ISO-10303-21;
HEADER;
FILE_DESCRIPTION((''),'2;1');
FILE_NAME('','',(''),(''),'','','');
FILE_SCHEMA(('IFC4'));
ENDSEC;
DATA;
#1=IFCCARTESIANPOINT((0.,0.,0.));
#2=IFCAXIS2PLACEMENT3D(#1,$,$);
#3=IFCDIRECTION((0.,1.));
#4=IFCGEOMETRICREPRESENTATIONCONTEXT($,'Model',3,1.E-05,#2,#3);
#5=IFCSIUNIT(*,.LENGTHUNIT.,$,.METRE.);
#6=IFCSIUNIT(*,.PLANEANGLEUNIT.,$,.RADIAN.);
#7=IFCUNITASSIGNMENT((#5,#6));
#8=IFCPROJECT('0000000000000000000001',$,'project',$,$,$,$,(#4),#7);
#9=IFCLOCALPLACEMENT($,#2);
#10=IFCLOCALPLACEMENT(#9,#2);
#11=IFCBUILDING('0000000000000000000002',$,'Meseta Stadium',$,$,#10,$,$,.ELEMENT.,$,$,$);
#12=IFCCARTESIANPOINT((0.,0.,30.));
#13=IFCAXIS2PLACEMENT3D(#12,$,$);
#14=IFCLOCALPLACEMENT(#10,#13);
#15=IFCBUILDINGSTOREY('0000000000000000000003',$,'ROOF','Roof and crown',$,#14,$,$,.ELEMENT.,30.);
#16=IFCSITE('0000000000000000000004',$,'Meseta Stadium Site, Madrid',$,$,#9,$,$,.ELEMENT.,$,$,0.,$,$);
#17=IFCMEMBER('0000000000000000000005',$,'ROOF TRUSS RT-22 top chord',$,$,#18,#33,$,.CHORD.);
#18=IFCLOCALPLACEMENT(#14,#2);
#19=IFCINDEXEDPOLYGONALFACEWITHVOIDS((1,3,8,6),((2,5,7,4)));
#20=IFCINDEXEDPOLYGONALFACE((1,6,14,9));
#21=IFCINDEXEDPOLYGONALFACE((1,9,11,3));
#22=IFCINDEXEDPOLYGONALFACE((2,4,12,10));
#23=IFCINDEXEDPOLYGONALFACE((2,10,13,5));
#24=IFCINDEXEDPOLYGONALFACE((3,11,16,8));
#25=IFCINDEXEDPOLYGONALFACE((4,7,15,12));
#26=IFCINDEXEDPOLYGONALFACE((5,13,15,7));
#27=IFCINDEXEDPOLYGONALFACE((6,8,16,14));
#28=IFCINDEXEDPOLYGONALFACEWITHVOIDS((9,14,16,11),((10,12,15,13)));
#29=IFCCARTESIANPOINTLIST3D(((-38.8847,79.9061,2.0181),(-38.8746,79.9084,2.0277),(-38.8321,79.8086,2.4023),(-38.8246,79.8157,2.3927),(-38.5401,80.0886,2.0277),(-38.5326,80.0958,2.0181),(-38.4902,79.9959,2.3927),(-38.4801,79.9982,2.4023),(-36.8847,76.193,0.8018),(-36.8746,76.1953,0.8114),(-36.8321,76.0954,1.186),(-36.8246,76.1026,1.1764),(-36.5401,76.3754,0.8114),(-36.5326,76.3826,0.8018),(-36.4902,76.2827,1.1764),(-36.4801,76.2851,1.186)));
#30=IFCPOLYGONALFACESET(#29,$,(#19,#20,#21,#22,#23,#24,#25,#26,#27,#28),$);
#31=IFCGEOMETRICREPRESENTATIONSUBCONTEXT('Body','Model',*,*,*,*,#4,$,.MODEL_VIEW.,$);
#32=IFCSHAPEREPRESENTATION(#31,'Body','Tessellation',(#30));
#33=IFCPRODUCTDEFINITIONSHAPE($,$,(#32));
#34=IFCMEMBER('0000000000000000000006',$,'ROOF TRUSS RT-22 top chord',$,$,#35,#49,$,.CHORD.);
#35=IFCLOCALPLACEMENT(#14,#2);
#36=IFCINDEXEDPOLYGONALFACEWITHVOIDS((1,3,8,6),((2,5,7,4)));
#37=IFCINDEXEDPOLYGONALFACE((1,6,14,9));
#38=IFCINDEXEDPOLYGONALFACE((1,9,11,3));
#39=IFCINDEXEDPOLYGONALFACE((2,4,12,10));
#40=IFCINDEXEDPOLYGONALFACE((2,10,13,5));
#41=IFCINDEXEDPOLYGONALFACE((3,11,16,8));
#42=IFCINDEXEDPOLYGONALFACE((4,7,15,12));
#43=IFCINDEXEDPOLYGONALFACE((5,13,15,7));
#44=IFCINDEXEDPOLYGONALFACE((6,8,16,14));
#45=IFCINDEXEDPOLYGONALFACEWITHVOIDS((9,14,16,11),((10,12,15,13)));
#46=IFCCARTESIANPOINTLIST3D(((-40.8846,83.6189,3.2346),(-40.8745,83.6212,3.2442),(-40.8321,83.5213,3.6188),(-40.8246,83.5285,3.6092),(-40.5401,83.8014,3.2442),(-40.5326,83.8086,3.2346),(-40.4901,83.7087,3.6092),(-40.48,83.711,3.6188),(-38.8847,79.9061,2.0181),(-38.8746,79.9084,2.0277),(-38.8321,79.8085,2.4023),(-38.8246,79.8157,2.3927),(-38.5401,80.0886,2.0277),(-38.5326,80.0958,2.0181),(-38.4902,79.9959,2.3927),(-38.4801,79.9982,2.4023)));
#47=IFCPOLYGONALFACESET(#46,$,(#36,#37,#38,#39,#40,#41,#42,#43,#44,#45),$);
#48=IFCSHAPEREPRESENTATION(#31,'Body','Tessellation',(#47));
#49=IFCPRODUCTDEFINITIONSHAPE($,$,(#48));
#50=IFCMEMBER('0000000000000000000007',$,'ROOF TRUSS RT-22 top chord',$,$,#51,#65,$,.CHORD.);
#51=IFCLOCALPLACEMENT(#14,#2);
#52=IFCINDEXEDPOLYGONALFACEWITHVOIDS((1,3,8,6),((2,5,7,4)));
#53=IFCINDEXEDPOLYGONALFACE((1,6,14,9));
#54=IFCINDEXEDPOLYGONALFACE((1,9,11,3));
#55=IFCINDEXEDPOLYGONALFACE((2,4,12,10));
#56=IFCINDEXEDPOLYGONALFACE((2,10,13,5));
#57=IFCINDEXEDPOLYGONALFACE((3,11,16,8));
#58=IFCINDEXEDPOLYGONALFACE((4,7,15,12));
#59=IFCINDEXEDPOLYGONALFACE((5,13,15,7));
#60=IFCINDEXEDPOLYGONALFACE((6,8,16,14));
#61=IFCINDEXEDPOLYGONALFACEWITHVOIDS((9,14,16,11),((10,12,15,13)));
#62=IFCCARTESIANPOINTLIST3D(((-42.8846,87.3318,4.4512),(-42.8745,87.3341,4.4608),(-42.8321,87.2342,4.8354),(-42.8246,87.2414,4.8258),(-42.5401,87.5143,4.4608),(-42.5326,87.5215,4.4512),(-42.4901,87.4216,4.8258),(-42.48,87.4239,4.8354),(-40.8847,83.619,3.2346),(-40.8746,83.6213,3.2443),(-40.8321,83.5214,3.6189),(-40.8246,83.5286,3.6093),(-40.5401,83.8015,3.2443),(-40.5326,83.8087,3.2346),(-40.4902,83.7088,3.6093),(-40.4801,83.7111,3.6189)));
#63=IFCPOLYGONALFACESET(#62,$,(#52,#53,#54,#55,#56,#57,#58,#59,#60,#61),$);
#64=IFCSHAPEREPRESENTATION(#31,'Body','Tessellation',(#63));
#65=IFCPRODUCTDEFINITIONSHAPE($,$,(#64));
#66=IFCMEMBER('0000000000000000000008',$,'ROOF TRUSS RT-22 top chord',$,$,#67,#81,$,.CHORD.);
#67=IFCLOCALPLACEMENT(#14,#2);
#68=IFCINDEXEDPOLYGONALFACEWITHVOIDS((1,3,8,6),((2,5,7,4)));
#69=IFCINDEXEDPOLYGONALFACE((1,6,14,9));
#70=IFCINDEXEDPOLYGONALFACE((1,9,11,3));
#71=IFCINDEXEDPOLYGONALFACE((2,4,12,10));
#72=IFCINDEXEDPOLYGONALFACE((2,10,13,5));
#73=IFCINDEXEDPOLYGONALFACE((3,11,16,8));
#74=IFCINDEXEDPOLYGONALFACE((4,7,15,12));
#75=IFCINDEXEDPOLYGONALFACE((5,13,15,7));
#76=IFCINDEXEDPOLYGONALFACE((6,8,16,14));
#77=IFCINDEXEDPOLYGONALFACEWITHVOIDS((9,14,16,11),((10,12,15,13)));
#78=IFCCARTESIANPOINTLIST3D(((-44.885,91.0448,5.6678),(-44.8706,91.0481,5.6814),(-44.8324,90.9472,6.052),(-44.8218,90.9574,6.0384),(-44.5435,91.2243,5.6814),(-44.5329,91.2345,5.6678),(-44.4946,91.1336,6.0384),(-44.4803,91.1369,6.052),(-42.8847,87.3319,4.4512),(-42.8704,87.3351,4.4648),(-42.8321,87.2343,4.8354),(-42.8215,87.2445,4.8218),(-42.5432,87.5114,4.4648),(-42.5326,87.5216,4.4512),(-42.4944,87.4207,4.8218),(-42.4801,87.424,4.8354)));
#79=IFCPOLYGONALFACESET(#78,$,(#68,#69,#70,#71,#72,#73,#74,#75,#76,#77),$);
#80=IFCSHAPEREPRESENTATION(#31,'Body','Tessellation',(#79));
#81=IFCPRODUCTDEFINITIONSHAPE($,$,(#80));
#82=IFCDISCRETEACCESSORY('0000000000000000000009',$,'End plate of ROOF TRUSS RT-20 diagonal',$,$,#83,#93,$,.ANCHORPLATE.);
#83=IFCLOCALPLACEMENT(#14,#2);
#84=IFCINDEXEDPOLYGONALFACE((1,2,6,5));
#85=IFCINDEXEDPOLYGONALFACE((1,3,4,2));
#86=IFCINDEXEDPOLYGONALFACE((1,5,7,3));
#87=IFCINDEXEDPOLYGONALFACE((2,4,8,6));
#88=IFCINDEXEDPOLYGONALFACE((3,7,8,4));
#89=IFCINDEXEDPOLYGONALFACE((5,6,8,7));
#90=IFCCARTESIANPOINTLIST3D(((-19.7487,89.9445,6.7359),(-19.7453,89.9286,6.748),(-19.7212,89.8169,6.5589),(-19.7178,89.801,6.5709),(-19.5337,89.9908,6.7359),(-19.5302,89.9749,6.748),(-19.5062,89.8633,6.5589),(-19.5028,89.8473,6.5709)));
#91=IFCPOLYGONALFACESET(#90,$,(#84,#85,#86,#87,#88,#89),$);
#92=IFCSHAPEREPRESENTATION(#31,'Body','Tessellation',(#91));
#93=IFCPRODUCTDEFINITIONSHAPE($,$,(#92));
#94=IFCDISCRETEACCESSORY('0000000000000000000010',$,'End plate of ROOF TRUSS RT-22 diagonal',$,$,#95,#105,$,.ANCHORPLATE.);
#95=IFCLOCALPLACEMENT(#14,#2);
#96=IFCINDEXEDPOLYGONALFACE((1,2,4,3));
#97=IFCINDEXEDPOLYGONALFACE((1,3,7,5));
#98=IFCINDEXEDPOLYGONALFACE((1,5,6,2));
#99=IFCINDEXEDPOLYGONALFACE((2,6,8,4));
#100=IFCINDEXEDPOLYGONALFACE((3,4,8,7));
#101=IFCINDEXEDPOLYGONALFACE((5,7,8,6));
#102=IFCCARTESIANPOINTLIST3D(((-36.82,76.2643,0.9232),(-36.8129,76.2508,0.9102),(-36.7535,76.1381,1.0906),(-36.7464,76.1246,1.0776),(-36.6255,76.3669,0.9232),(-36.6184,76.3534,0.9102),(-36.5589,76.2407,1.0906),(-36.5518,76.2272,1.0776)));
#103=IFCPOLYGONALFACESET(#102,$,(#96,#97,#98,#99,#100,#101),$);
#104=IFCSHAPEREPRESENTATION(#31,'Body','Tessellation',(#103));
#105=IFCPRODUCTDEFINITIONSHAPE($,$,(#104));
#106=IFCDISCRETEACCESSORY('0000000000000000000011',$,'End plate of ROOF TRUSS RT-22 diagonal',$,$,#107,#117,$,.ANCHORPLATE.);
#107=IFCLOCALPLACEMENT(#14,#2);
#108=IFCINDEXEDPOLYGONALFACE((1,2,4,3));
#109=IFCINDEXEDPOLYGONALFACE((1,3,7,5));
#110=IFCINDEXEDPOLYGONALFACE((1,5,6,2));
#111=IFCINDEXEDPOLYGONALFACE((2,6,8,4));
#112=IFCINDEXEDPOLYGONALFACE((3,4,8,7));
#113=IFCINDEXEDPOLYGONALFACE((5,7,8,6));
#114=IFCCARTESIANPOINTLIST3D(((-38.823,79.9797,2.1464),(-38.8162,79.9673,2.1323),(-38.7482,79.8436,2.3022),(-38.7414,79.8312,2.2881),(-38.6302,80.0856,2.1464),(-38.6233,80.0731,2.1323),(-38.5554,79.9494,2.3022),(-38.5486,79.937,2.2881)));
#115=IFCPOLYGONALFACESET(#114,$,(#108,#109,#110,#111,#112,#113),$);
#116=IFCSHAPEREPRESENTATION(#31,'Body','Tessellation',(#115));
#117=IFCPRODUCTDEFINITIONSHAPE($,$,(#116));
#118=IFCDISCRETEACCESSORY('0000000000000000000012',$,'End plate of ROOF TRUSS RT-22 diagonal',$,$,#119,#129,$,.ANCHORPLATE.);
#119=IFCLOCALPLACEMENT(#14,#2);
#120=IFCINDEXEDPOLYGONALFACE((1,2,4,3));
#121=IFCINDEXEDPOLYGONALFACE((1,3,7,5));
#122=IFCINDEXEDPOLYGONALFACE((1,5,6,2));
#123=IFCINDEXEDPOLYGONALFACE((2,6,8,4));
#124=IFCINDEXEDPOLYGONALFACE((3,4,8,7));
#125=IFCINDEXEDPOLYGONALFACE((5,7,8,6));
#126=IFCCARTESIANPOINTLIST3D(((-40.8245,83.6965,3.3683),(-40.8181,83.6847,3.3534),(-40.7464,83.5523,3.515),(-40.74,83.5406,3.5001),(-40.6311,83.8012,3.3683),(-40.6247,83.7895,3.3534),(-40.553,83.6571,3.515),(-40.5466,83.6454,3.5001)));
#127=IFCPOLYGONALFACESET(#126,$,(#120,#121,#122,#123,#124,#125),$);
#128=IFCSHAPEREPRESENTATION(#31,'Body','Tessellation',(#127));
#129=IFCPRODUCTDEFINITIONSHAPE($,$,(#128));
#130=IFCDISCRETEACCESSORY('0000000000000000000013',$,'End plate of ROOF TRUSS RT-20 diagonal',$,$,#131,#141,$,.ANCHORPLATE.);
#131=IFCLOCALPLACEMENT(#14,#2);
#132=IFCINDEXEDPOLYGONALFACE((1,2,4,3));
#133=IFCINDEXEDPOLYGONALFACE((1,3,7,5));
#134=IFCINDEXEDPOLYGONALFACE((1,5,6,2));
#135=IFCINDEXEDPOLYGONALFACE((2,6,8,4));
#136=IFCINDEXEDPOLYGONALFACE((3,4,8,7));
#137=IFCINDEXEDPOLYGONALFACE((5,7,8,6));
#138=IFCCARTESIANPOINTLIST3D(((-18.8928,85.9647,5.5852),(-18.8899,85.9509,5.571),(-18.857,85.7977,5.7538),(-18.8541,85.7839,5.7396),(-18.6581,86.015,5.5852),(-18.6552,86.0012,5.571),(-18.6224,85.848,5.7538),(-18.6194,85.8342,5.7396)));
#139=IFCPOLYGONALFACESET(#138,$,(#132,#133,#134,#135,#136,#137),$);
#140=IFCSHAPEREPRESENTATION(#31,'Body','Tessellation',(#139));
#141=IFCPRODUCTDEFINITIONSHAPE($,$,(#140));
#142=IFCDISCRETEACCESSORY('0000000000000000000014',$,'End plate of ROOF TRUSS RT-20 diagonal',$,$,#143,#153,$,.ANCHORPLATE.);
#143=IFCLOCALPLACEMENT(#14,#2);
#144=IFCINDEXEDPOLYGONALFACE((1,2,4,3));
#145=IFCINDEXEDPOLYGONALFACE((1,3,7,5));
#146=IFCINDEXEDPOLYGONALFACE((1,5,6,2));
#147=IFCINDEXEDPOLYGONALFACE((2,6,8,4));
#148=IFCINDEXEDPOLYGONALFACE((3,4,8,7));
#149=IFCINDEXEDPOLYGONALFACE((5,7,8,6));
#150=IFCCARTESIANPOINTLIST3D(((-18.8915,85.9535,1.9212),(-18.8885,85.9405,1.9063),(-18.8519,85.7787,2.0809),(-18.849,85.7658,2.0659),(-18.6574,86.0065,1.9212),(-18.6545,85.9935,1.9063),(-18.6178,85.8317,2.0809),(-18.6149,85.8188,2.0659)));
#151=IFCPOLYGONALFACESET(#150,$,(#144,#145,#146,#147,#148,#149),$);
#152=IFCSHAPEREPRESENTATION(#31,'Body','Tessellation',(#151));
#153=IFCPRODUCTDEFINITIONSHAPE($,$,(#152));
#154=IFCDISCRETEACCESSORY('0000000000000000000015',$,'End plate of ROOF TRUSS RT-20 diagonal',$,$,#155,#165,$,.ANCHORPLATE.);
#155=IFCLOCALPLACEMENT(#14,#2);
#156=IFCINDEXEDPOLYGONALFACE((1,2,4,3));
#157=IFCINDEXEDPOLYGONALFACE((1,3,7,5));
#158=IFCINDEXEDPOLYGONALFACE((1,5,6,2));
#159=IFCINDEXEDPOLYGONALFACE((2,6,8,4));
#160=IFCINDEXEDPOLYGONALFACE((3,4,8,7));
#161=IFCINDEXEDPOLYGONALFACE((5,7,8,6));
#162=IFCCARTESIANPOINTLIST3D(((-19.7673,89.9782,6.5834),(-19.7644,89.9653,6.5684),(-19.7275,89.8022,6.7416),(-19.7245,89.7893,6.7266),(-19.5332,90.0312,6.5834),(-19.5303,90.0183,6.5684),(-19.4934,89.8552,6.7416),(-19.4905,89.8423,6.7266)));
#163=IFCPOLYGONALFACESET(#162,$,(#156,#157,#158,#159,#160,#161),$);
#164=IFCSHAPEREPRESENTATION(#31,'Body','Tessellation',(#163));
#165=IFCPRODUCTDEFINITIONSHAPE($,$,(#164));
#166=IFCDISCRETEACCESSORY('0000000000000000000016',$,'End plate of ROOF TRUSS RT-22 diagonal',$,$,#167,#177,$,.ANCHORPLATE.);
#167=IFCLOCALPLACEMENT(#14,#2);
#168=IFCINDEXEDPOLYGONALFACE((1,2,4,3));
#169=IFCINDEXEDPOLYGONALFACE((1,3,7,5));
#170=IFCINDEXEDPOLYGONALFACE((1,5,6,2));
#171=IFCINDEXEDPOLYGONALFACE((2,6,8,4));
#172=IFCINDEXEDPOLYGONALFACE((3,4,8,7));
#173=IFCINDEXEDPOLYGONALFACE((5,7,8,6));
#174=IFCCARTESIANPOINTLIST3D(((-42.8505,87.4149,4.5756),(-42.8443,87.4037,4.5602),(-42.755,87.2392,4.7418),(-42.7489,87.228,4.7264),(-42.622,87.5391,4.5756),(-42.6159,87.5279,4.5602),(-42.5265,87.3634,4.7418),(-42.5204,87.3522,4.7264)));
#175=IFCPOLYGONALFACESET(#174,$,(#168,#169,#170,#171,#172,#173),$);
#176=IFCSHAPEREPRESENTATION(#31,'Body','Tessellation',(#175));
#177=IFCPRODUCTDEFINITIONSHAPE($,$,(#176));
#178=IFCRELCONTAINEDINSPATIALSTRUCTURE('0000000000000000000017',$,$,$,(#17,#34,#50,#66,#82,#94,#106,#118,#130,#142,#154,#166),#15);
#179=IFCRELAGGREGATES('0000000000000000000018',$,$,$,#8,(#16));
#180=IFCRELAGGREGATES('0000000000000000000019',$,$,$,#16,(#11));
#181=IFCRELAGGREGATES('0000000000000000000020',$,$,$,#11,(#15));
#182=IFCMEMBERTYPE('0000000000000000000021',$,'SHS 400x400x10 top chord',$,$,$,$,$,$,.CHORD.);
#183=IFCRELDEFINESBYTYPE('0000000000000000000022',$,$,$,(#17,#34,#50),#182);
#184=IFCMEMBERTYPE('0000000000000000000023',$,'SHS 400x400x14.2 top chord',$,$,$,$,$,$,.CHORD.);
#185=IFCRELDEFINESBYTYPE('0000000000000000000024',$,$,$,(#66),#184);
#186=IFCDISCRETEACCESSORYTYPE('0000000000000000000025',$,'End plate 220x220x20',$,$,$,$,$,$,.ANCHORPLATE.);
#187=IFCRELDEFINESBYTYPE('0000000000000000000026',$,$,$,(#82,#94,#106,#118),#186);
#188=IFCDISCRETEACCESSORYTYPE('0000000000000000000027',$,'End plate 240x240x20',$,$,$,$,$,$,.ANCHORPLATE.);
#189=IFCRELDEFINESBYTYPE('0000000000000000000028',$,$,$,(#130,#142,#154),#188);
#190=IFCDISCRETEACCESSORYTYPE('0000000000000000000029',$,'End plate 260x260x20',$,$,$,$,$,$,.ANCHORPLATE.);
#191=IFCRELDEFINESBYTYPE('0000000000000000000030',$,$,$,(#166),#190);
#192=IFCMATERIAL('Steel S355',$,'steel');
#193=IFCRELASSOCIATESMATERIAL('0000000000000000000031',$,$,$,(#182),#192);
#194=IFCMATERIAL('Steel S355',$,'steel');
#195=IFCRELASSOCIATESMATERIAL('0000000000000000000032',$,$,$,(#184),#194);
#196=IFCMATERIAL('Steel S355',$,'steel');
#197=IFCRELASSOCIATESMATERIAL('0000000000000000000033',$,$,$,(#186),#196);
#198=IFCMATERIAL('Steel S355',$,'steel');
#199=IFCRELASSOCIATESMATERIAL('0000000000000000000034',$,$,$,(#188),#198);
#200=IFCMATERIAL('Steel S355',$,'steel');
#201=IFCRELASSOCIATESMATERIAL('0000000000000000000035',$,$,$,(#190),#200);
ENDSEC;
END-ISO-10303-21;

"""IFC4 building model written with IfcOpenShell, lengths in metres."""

from ifc_helpers import new_model, si_unit, direction, frame, origin, origin_2d, place, context, subcontext, project, spatial, rectangle, hollow_rectangle, extrude, material, material_profile, profile_set, type_object, element, save


model = new_model("IFC4")

# Units and contexts
model_context = context("Model", 3, precision=1e-05, world=origin(), true_north=direction((0.0, 1.0)))
body_context = subcontext(model_context, "Body", "Model", "MODEL_VIEW")
ifc_project = project(units=[si_unit("LENGTHUNIT", "METRE"), si_unit("PLANEANGLEUNIT", "RADIAN")], contexts=[model_context])

# Site, building, storey
site_placement = place(None, origin())
site = spatial("IfcSite", under=ifc_project, at=site_placement, Name="Meseta Stadium Site, Madrid", CompositionType="ELEMENT", RefElevation=0.0)
building_placement = place(site_placement, origin())
building = spatial("IfcBuilding", under=site, at=building_placement, Name="Meseta Stadium", CompositionType="ELEMENT")
storey_placement = place(building_placement, frame((0.0, 0.0, 30.0)))
storey = spatial("IfcBuildingStorey", under=building, at=storey_placement, Name="ROOF", Description="Roof and crown", CompositionType="ELEMENT", Elevation=30.0)

# Members
ifc_material_1 = material(Name="Steel S355", Category="steel")
ifc_material_profile_1 = material_profile(ifc_material_1, hollow_rectangle(XDim=0.3999, YDim=0.3999, WallThickness=0.01, at=origin_2d()), Name="SHS 400x400x10")
ifc_profile_set_1 = profile_set([ifc_material_profile_1], Name="Steel S355")
member_type_1 = type_object("IfcMemberType", Name="SHS 400x400x10 top chord", PredefinedType="CHORD", material=ifc_profile_set_1)
member_1_placement = place(storey_placement, frame((-36.6824, 76.239, 0.9939), z_axis=(-0.455644, 0.845933, 0.277102), x_axis=(-0.88041, -0.474214, 0.0)))
element("IfcMember", 1, at=member_1_placement, inside=storey, type_object=member_type_1, Name="ROOF TRUSS RT-22 top chord", PredefinedType="CHORD", context=body_context, shape_type="SweptSolid", body=[
    extrude(hollow_rectangle(XDim=0.3999, YDim=0.3999, WallThickness=0.01, at=origin_2d()), origin(), (0.0, 0.0, 1.0), 4.3894),
])
for number, where, z_axis, x_axis, name in (
    (2, (-38.6824, 79.9521, 2.2102), (-0.455658, 0.845905, 0.277166), (-0.880397, -0.474238, 0.0), "ROOF TRUSS RT-22 top chord"),
    (3, (-40.6824, 83.665, 3.4268), (-0.455658, 0.845905, 0.277166), (-0.880397, -0.474238, 0.0), "ROOF TRUSS RT-22 top chord"),
):
    element("IfcMember", number, at=place(storey_placement, frame(where, z_axis=z_axis, x_axis=x_axis)), inside=storey, type_object=member_type_1, Name=name, PredefinedType="CHORD", context=body_context, shape_type="SweptSolid", body=[
        extrude(hollow_rectangle(XDim=0.3999, YDim=0.3999, WallThickness=0.01, at=origin_2d()), origin(), (0.0, 0.0, 1.0), 4.3892),
    ])
ifc_material_2 = material(Name="Steel S355", Category="steel")
ifc_material_profile_2 = material_profile(ifc_material_2, hollow_rectangle(XDim=0.3999, YDim=0.3999, WallThickness=0.0142, at=origin_2d()), Name="SHS 400x400x14.2")
ifc_profile_set_2 = profile_set([ifc_material_profile_2], Name="Steel S355")
member_type_2 = type_object("IfcMemberType", Name="SHS 400x400x14.2 top chord", PredefinedType="CHORD", material=ifc_profile_set_2)
member_2_placement = place(storey_placement, frame((-42.6824, 87.3779, 4.6433), z_axis=(-0.455702, 0.845883, 0.277159), x_axis=(-0.880373, -0.474283, 0.0)))
element("IfcMember", 4, at=member_2_placement, inside=storey, type_object=member_type_2, Name="ROOF TRUSS RT-22 top chord", PredefinedType="CHORD", context=body_context, shape_type="SweptSolid", body=[
    extrude(hollow_rectangle(XDim=0.3999, YDim=0.3999, WallThickness=0.0142, at=origin_2d()), origin(), (0.0, 0.0, 1.0), 4.3894),
])

# Discrete accessories
ifc_material_3 = material(Name="Steel S355", Category="steel")
ifc_material_profile_3 = material_profile(ifc_material_3, rectangle(XDim=0.22, YDim=0.22, at=origin_2d()), Name="PL 220x220")
ifc_profile_set_3 = profile_set([ifc_material_profile_3], Name="Steel S355")
discrete_accessory_type_1 = type_object("IfcDiscreteAccessoryType", Name="End plate 220x220x20", PredefinedType="ANCHORPLATE", material=ifc_profile_set_3)
discrete_accessory_1_placement = place(storey_placement, frame((-19.624, 89.8879, 6.6594), z_axis=(-0.169501, 0.786969, -0.593253), x_axis=(-0.977582, -0.210556, 0.0)))
element("IfcDiscreteAccessory", 5, at=discrete_accessory_1_placement, inside=storey, type_object=discrete_accessory_type_1, Name="End plate of ROOF TRUSS RT-20 diagonal", PredefinedType="ANCHORPLATE", context=body_context, shape_type="SweptSolid", body=[
    extrude(rectangle(XDim=0.22, YDim=0.22, at=origin_2d()), origin(), (0.0, 0.0, 1.0), 0.0203),
])
for number, where, z_axis, x_axis, name in (
    (6, (-36.6824, 76.239, 0.9939), (-0.354954, 0.673189, 0.648709), (-0.884569, -0.466409, 0.0), "End plate of ROOF TRUSS RT-22 diagonal"),
    (7, (-38.6824, 79.9521, 2.2102), (-0.34083, 0.620798, 0.706006), (-0.876579, -0.481259, 0.0), "End plate of ROOF TRUSS RT-22 diagonal"),
    (8, (-40.6824, 83.665, 3.4268), (-0.317617, 0.58637, 0.745178), (-0.879292, -0.476283, 0.0), "End plate of ROOF TRUSS RT-22 diagonal"),
):
    element("IfcDiscreteAccessory", number, at=place(storey_placement, frame(where, z_axis=z_axis, x_axis=x_axis)), inside=storey, type_object=discrete_accessory_type_1, Name=name, PredefinedType="ANCHORPLATE", context=body_context, shape_type="SweptSolid", body=[
        extrude(rectangle(XDim=0.22, YDim=0.22, at=origin_2d()), origin(), (0.0, 0.0, 1.0), 0.02),
    ])
ifc_material_4 = material(Name="Steel S355", Category="steel")
ifc_material_profile_4 = material_profile(ifc_material_4, rectangle(XDim=0.24, YDim=0.24, at=origin_2d()), Name="PL 240x240")
ifc_profile_set_4 = profile_set([ifc_material_profile_4], Name="Steel S355")
discrete_accessory_type_2 = type_object("IfcDiscreteAccessoryType", Name="End plate 240x240x20", PredefinedType="ANCHORPLATE", material=ifc_profile_set_4)
for number, where, z_axis, x_axis, name in (
    (9, (-18.7546, 85.8926, 5.6553), (-0.14722, 0.687026, 0.711563), (-0.977802, -0.209529, 0.0), "End plate of ROOF TRUSS RT-20 diagonal"),
    (10, (-18.7517, 85.8796, 1.9861), (-0.146889, 0.648758, 0.746684), (-0.975313, -0.220826, 0.0), "End plate of ROOF TRUSS RT-20 diagonal"),
    (11, (-19.6274, 89.9038, 6.6475), (-0.145553, 0.642861, 0.752026), (-0.975313, -0.220826, 0.0), "End plate of ROOF TRUSS RT-20 diagonal"),
):
    element("IfcDiscreteAccessory", number, at=place(storey_placement, frame(where, z_axis=z_axis, x_axis=x_axis)), inside=storey, type_object=discrete_accessory_type_2, Name=name, PredefinedType="ANCHORPLATE", context=body_context, shape_type="SweptSolid", body=[
        extrude(rectangle(XDim=0.24, YDim=0.24, at=origin_2d()), origin(), (0.0, 0.0, 1.0), 0.02),
    ])
ifc_material_5 = material(Name="Steel S355", Category="steel")
ifc_material_profile_5 = material_profile(ifc_material_5, rectangle(XDim=0.26, YDim=0.26, at=origin_2d()), Name="PL 260x260")
ifc_profile_set_5 = profile_set([ifc_material_profile_5], Name="Steel S355")
discrete_accessory_type_3 = type_object("IfcDiscreteAccessoryType", Name="End plate 260x260x20", PredefinedType="ANCHORPLATE", material=ifc_profile_set_5)
discrete_accessory_2_placement = place(storey_placement, frame((-42.6824, 87.3779, 4.6433), z_axis=(-0.305196, 0.561561, 0.769094), x_axis=(-0.878625, -0.477513, 0.0)))
element("IfcDiscreteAccessory", 12, at=discrete_accessory_2_placement, inside=storey, type_object=discrete_accessory_type_3, Name="End plate of ROOF TRUSS RT-22 diagonal", PredefinedType="ANCHORPLATE", context=body_context, shape_type="SweptSolid", body=[
    extrude(rectangle(XDim=0.26, YDim=0.26, at=origin_2d()), origin(), (0.0, 0.0, 1.0), 0.02),
])

save(model, "model.ifc")
